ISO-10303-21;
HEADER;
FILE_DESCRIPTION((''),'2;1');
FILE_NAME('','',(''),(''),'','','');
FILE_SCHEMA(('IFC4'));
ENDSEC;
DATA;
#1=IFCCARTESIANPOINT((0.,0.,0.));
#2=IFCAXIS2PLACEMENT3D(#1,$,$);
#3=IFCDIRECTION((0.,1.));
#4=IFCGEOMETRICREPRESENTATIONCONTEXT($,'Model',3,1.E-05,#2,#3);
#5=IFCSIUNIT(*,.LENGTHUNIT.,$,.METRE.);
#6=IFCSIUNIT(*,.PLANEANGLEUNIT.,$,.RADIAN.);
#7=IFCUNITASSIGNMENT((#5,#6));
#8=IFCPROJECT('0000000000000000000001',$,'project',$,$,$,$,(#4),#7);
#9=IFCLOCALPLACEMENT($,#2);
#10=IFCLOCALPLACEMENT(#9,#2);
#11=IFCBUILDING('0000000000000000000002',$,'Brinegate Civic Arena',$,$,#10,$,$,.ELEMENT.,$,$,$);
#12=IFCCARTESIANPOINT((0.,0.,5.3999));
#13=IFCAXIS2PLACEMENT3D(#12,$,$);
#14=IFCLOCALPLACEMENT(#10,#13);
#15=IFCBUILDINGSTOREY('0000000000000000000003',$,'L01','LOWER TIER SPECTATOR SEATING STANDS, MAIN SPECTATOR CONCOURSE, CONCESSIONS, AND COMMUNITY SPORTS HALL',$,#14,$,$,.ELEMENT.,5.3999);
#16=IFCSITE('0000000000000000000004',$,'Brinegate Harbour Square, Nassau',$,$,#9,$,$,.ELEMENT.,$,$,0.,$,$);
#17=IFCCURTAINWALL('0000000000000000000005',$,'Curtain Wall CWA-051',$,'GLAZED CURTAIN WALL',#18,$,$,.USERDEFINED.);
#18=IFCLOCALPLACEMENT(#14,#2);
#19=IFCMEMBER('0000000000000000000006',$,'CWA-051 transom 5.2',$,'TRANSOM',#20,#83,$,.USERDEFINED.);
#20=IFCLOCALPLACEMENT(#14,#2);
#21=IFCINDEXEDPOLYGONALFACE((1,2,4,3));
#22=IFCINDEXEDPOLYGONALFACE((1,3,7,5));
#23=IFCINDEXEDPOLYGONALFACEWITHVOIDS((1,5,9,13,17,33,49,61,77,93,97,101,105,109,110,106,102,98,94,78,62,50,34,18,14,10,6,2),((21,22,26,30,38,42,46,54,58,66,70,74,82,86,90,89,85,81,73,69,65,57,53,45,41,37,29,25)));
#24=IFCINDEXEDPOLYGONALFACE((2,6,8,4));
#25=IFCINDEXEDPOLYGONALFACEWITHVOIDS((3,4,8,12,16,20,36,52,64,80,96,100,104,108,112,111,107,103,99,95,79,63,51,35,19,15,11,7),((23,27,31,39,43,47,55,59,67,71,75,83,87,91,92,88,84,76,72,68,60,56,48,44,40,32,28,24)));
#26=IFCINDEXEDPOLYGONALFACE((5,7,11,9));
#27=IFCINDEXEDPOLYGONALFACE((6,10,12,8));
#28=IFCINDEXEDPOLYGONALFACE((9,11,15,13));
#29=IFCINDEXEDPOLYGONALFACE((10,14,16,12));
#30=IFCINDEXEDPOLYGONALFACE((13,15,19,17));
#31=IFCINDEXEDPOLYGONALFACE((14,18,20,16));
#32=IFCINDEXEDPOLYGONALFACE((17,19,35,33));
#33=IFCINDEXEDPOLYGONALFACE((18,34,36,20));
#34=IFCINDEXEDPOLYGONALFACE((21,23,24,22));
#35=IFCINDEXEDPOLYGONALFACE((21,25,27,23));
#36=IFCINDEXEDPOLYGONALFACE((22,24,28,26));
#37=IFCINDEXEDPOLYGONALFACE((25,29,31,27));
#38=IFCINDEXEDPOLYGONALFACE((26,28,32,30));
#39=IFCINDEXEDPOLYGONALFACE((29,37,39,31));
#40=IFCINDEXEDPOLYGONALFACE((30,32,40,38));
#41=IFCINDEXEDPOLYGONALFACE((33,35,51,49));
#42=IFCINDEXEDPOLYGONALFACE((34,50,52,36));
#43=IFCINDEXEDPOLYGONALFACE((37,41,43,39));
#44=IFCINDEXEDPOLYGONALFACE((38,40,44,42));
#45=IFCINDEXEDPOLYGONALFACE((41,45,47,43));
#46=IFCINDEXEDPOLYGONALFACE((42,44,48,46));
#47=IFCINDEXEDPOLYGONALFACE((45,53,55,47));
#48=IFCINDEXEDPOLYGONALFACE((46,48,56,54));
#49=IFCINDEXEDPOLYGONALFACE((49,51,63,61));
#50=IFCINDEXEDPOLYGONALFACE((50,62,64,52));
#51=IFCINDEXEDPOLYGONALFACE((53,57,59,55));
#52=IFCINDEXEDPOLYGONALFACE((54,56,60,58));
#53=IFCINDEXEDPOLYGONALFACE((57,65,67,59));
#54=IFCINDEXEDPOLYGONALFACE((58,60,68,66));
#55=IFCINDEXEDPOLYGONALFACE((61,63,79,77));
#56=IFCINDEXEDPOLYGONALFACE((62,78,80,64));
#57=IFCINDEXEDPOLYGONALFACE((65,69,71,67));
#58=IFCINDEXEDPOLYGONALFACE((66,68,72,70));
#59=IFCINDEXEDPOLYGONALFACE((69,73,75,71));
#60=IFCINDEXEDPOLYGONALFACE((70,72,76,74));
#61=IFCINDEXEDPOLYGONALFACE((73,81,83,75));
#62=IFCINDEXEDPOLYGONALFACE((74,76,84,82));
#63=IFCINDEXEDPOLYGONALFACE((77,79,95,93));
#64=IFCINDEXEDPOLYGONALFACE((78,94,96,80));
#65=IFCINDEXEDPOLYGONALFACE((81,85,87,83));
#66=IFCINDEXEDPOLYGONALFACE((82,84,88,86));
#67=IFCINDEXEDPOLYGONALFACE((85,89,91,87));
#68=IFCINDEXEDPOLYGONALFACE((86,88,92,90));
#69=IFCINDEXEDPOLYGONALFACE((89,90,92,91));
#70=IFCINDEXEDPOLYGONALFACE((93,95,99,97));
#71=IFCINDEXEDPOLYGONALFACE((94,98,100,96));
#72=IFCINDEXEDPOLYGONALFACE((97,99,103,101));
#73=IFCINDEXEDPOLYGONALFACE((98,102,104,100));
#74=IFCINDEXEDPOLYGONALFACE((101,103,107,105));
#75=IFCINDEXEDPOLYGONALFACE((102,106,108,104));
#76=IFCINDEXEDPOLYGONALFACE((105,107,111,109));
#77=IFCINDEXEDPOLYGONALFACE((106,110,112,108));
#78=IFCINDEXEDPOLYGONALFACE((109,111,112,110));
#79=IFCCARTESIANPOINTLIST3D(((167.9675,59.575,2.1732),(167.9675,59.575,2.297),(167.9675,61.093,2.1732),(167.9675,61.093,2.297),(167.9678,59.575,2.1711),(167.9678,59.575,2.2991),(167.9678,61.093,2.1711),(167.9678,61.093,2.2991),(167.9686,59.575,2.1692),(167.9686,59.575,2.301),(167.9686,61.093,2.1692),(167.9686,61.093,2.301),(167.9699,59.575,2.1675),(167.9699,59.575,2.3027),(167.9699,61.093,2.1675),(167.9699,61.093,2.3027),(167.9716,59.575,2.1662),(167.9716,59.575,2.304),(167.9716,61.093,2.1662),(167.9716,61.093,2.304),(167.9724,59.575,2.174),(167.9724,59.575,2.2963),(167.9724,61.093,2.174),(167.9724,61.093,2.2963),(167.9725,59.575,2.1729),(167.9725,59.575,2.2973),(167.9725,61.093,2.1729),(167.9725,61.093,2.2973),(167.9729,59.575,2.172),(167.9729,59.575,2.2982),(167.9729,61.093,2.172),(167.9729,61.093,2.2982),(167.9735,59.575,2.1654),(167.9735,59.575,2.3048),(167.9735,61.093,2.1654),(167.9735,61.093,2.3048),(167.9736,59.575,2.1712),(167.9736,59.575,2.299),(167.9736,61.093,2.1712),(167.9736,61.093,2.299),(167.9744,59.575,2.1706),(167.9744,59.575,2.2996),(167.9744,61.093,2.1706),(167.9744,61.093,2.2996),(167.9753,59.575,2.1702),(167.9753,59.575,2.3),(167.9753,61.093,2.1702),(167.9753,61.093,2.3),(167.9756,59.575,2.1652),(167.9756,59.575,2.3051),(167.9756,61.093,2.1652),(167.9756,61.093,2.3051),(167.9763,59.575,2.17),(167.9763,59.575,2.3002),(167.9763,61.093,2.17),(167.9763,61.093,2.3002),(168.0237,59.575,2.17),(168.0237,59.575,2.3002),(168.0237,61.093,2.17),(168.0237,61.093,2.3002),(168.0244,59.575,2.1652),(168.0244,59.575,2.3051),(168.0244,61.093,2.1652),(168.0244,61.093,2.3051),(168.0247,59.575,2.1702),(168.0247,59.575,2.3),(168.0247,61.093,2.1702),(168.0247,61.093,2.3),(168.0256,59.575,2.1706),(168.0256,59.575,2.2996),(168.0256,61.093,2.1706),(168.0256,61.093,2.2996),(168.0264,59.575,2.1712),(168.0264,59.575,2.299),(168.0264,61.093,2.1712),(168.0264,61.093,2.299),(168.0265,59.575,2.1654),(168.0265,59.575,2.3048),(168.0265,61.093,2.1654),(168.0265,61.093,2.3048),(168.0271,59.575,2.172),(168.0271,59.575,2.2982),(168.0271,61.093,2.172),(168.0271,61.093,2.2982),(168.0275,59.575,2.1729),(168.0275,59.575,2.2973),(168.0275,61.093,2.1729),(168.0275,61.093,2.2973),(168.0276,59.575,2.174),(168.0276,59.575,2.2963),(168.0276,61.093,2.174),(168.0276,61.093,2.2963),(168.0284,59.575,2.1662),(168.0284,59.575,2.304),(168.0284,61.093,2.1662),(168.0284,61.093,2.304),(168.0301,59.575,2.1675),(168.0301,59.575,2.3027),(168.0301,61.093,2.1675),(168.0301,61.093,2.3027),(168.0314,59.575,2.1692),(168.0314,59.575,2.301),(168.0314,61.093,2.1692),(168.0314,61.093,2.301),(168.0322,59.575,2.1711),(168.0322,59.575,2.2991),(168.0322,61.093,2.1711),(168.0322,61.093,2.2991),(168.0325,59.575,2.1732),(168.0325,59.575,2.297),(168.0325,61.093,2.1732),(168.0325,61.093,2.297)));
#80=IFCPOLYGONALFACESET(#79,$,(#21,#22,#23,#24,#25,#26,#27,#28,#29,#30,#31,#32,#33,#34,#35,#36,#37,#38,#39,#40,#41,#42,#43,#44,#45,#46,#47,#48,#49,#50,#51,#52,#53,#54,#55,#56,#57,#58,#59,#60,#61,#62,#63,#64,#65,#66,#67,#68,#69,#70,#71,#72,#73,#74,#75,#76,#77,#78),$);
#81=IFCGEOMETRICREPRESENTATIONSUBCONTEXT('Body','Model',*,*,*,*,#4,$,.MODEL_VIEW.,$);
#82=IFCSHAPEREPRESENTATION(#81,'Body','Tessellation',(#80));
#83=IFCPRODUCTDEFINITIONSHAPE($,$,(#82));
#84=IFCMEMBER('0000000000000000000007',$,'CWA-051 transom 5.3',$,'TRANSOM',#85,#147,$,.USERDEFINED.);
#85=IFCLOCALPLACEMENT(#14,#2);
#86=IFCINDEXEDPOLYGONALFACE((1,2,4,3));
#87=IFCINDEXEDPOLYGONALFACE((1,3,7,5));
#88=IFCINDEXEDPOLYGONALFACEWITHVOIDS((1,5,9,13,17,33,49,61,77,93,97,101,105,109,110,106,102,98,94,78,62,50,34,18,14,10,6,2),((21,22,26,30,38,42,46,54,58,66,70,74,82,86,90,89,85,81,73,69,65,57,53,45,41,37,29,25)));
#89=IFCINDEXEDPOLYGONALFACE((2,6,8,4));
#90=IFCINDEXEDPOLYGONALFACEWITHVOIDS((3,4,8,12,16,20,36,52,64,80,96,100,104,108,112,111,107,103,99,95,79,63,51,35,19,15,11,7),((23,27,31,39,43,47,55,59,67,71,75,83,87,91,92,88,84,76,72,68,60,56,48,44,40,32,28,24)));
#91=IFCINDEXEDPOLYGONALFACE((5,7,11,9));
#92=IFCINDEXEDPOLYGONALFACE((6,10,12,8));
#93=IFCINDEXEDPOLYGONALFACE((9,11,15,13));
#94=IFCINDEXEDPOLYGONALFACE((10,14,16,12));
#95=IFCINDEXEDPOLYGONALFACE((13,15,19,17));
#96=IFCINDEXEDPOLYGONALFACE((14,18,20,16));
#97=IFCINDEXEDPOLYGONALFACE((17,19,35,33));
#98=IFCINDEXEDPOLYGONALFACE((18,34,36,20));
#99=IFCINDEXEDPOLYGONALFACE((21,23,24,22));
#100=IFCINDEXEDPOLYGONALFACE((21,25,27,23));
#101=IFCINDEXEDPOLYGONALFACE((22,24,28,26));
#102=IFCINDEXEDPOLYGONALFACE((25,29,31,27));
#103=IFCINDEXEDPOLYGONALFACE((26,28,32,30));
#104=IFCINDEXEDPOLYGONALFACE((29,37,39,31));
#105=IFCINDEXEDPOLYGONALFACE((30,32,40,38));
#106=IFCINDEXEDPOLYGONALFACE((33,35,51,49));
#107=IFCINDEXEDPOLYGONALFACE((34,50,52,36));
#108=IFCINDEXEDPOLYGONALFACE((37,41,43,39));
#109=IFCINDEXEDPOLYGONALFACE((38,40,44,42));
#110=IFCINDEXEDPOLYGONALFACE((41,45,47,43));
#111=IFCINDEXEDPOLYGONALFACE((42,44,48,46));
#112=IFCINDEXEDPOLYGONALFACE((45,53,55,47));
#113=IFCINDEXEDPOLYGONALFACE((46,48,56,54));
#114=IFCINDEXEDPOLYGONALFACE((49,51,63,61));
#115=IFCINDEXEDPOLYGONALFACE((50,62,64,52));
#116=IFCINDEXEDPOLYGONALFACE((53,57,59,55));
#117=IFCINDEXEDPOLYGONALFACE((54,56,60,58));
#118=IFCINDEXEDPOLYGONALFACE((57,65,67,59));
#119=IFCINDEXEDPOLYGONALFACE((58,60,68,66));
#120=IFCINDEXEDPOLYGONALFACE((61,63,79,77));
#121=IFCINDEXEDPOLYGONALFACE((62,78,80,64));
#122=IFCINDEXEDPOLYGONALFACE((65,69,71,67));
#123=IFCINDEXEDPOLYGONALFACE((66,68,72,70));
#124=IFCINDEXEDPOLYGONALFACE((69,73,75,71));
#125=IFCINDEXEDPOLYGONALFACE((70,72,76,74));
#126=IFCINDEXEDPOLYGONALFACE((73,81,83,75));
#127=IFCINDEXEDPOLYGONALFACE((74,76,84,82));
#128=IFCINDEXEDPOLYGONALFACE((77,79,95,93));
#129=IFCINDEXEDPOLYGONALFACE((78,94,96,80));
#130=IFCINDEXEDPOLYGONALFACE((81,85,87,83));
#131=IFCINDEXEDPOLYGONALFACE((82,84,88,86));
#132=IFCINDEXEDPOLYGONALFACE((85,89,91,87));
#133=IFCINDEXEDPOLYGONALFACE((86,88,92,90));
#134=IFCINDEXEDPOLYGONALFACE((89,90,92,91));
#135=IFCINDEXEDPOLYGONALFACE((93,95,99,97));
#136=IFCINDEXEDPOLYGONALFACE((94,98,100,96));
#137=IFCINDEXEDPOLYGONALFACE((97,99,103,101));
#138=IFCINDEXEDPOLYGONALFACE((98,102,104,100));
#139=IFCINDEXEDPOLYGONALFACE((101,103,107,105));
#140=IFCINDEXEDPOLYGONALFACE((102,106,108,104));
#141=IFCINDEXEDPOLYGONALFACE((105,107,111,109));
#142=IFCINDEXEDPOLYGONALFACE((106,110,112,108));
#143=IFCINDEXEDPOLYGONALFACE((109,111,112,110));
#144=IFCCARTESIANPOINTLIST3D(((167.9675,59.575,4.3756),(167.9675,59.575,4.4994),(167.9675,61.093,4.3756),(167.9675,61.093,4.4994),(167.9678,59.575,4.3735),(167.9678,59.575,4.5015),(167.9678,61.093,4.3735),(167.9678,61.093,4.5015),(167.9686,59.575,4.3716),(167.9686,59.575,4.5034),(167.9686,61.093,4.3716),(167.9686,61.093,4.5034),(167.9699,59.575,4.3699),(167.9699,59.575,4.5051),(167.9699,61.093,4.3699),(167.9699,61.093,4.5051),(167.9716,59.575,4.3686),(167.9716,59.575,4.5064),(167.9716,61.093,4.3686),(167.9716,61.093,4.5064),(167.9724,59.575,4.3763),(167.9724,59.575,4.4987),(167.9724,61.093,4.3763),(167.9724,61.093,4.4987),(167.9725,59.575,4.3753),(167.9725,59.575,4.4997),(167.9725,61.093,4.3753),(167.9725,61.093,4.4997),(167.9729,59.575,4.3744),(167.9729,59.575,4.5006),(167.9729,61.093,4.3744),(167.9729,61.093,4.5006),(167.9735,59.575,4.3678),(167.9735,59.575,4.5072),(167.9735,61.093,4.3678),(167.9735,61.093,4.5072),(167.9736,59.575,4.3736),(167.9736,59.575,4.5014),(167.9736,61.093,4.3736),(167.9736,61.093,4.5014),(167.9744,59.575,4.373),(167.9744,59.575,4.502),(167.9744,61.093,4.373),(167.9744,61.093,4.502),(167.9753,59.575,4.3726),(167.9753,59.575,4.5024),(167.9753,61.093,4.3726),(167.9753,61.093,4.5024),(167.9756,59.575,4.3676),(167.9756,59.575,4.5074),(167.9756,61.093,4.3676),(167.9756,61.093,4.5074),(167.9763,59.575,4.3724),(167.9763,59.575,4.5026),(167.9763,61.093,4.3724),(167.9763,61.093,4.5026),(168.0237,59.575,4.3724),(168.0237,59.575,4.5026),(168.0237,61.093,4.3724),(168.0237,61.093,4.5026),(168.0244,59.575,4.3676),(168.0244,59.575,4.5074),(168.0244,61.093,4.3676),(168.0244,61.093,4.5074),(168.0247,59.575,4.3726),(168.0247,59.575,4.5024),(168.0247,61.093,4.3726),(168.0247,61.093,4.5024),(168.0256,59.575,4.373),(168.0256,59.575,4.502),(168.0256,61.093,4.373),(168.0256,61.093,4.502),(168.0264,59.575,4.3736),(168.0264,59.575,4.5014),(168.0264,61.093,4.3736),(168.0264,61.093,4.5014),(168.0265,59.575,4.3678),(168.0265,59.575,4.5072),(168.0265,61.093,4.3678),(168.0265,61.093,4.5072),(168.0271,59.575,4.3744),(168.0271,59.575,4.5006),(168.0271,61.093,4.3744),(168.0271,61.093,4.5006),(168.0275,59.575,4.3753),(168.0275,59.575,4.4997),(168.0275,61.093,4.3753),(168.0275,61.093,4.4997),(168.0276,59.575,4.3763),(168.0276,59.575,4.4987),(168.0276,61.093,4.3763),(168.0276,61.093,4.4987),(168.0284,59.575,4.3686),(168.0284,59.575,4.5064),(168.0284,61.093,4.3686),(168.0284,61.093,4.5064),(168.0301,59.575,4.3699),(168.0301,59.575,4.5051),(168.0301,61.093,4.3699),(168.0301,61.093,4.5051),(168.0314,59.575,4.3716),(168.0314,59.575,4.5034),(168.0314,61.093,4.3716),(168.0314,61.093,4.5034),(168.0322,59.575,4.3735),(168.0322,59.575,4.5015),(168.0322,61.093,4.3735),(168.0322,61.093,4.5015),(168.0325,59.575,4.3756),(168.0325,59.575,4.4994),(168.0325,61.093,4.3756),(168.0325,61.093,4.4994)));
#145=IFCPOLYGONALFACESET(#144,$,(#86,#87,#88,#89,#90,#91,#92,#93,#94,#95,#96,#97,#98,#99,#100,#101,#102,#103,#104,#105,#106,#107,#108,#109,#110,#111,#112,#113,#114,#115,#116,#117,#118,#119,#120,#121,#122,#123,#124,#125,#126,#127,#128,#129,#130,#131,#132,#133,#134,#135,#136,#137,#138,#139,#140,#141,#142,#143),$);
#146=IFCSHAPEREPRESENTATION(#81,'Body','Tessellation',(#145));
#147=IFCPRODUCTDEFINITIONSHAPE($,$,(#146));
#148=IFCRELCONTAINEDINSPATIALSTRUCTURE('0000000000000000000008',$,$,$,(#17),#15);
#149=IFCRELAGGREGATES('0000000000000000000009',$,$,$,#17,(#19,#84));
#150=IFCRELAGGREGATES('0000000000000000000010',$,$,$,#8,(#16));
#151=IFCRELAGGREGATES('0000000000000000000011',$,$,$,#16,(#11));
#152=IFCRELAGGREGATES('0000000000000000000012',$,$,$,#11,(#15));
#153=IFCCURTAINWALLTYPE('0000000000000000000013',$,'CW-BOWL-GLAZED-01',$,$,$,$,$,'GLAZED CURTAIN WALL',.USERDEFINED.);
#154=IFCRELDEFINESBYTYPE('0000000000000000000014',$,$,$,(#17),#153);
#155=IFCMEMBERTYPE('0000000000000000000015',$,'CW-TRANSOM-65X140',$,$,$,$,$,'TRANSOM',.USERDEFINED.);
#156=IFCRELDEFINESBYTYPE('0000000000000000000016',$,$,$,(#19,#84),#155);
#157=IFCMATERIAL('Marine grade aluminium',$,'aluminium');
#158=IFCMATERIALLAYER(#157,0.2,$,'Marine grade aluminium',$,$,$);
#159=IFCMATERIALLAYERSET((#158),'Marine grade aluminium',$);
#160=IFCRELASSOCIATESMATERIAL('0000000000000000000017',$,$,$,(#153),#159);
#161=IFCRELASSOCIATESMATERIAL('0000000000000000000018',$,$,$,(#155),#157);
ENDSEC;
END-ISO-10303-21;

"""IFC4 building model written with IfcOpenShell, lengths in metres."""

from ifc_helpers import new_model, si_unit, direction, frame, origin, origin_2d, place, context, subcontext, project, spatial, hollow_rectangle, extrude, material, layer, layer_set, material_profile, profile_set, type_object, element, aggregate, save


model = new_model("IFC4")

# Units and contexts
model_context = context("Model", 3, precision=1e-05, world=origin(), true_north=direction((0.0, 1.0)))
body_context = subcontext(model_context, "Body", "Model", "MODEL_VIEW")
ifc_project = project(units=[si_unit("LENGTHUNIT", "METRE"), si_unit("PLANEANGLEUNIT", "RADIAN")], contexts=[model_context])

# Site, building, storey
site_placement = place(None, origin())
site = spatial("IfcSite", under=ifc_project, at=site_placement, Name="Brinegate Harbour Square, Nassau", CompositionType="ELEMENT", RefElevation=0.0)
building_placement = place(site_placement, origin())
building = spatial("IfcBuilding", under=site, at=building_placement, Name="Brinegate Civic Arena", CompositionType="ELEMENT")
storey_placement = place(building_placement, frame((0.0, 0.0, 5.3999)))
storey = spatial("IfcBuildingStorey", under=building, at=storey_placement, Name="L01", Description="LOWER TIER SPECTATOR SEATING STANDS, MAIN SPECTATOR CONCOURSE, CONCESSIONS, AND COMMUNITY SPORTS HALL", CompositionType="ELEMENT", Elevation=5.3999)

# Curtain wall
ifc_material_1 = material(Name="Marine grade aluminium", Category="aluminium")
ifc_layer_1 = layer(ifc_material_1, 0.2, Name="Marine grade aluminium")
ifc_layer_set_1 = layer_set([ifc_layer_1], Name="Marine grade aluminium")
curtain_wall_type = type_object("IfcCurtainWallType", Name="CW-BOWL-GLAZED-01", ElementType="GLAZED CURTAIN WALL", PredefinedType="USERDEFINED", material=ifc_layer_set_1)
curtain_wall_1_placement = place(storey_placement, origin())
curtain_wall_1 = element("IfcCurtainWall", 1, at=curtain_wall_1_placement, inside=storey, type_object=curtain_wall_type, Name="Curtain Wall CWA-051", ObjectType="GLAZED CURTAIN WALL", PredefinedType="USERDEFINED")

# Members
ifc_material_profile_1 = material_profile(ifc_material_1, hollow_rectangle(XDim=0.0649, YDim=0.1399, WallThickness=0.0049, InnerFilletRadius=0.0039, OuterFilletRadius=0.0081, at=origin_2d()), Name="TRN65X140")
ifc_profile_set_1 = profile_set([ifc_material_profile_1], Name="Marine grade aluminium")
member_type_1 = type_object("IfcMemberType", Name="CW-TRANSOM-65X140", ElementType="TRANSOM", PredefinedType="USERDEFINED", material=ifc_profile_set_1)
member_1_placement = place(storey_placement, frame((168.0, 59.575, 2.2351), z_axis=(0.0, 1.0, 0.0), x_axis=(-1.0, 0.0, 0.0)))
member_1 = element("IfcMember", 2, at=member_1_placement, type_object=member_type_1, Name="CWA-051 transom 5.2", ObjectType="TRANSOM", PredefinedType="USERDEFINED", context=body_context, shape_type="SweptSolid", body=[
    extrude(hollow_rectangle(XDim=0.0649, YDim=0.1399, WallThickness=0.0049, InnerFilletRadius=0.0039, OuterFilletRadius=0.0081, at=origin_2d()), origin(), (0.0, 0.0, 1.0), 1.5181),
])
member_2_placement = place(storey_placement, frame((168.0, 59.575, 4.4375), z_axis=(0.0, 1.0, 0.0), x_axis=(-1.0, 0.0, 0.0)))
member_2 = element("IfcMember", 3, at=member_2_placement, type_object=member_type_1, Name="CWA-051 transom 5.3", ObjectType="TRANSOM", PredefinedType="USERDEFINED", context=body_context, shape_type="SweptSolid", body=[
    extrude(hollow_rectangle(XDim=0.0649, YDim=0.1399, WallThickness=0.0049, InnerFilletRadius=0.0039, OuterFilletRadius=0.0081, at=origin_2d()), origin(), (0.0, 0.0, 1.0), 1.5181),
])

aggregate(curtain_wall_1, [member_1, member_2])

save(model, "model.ifc")
